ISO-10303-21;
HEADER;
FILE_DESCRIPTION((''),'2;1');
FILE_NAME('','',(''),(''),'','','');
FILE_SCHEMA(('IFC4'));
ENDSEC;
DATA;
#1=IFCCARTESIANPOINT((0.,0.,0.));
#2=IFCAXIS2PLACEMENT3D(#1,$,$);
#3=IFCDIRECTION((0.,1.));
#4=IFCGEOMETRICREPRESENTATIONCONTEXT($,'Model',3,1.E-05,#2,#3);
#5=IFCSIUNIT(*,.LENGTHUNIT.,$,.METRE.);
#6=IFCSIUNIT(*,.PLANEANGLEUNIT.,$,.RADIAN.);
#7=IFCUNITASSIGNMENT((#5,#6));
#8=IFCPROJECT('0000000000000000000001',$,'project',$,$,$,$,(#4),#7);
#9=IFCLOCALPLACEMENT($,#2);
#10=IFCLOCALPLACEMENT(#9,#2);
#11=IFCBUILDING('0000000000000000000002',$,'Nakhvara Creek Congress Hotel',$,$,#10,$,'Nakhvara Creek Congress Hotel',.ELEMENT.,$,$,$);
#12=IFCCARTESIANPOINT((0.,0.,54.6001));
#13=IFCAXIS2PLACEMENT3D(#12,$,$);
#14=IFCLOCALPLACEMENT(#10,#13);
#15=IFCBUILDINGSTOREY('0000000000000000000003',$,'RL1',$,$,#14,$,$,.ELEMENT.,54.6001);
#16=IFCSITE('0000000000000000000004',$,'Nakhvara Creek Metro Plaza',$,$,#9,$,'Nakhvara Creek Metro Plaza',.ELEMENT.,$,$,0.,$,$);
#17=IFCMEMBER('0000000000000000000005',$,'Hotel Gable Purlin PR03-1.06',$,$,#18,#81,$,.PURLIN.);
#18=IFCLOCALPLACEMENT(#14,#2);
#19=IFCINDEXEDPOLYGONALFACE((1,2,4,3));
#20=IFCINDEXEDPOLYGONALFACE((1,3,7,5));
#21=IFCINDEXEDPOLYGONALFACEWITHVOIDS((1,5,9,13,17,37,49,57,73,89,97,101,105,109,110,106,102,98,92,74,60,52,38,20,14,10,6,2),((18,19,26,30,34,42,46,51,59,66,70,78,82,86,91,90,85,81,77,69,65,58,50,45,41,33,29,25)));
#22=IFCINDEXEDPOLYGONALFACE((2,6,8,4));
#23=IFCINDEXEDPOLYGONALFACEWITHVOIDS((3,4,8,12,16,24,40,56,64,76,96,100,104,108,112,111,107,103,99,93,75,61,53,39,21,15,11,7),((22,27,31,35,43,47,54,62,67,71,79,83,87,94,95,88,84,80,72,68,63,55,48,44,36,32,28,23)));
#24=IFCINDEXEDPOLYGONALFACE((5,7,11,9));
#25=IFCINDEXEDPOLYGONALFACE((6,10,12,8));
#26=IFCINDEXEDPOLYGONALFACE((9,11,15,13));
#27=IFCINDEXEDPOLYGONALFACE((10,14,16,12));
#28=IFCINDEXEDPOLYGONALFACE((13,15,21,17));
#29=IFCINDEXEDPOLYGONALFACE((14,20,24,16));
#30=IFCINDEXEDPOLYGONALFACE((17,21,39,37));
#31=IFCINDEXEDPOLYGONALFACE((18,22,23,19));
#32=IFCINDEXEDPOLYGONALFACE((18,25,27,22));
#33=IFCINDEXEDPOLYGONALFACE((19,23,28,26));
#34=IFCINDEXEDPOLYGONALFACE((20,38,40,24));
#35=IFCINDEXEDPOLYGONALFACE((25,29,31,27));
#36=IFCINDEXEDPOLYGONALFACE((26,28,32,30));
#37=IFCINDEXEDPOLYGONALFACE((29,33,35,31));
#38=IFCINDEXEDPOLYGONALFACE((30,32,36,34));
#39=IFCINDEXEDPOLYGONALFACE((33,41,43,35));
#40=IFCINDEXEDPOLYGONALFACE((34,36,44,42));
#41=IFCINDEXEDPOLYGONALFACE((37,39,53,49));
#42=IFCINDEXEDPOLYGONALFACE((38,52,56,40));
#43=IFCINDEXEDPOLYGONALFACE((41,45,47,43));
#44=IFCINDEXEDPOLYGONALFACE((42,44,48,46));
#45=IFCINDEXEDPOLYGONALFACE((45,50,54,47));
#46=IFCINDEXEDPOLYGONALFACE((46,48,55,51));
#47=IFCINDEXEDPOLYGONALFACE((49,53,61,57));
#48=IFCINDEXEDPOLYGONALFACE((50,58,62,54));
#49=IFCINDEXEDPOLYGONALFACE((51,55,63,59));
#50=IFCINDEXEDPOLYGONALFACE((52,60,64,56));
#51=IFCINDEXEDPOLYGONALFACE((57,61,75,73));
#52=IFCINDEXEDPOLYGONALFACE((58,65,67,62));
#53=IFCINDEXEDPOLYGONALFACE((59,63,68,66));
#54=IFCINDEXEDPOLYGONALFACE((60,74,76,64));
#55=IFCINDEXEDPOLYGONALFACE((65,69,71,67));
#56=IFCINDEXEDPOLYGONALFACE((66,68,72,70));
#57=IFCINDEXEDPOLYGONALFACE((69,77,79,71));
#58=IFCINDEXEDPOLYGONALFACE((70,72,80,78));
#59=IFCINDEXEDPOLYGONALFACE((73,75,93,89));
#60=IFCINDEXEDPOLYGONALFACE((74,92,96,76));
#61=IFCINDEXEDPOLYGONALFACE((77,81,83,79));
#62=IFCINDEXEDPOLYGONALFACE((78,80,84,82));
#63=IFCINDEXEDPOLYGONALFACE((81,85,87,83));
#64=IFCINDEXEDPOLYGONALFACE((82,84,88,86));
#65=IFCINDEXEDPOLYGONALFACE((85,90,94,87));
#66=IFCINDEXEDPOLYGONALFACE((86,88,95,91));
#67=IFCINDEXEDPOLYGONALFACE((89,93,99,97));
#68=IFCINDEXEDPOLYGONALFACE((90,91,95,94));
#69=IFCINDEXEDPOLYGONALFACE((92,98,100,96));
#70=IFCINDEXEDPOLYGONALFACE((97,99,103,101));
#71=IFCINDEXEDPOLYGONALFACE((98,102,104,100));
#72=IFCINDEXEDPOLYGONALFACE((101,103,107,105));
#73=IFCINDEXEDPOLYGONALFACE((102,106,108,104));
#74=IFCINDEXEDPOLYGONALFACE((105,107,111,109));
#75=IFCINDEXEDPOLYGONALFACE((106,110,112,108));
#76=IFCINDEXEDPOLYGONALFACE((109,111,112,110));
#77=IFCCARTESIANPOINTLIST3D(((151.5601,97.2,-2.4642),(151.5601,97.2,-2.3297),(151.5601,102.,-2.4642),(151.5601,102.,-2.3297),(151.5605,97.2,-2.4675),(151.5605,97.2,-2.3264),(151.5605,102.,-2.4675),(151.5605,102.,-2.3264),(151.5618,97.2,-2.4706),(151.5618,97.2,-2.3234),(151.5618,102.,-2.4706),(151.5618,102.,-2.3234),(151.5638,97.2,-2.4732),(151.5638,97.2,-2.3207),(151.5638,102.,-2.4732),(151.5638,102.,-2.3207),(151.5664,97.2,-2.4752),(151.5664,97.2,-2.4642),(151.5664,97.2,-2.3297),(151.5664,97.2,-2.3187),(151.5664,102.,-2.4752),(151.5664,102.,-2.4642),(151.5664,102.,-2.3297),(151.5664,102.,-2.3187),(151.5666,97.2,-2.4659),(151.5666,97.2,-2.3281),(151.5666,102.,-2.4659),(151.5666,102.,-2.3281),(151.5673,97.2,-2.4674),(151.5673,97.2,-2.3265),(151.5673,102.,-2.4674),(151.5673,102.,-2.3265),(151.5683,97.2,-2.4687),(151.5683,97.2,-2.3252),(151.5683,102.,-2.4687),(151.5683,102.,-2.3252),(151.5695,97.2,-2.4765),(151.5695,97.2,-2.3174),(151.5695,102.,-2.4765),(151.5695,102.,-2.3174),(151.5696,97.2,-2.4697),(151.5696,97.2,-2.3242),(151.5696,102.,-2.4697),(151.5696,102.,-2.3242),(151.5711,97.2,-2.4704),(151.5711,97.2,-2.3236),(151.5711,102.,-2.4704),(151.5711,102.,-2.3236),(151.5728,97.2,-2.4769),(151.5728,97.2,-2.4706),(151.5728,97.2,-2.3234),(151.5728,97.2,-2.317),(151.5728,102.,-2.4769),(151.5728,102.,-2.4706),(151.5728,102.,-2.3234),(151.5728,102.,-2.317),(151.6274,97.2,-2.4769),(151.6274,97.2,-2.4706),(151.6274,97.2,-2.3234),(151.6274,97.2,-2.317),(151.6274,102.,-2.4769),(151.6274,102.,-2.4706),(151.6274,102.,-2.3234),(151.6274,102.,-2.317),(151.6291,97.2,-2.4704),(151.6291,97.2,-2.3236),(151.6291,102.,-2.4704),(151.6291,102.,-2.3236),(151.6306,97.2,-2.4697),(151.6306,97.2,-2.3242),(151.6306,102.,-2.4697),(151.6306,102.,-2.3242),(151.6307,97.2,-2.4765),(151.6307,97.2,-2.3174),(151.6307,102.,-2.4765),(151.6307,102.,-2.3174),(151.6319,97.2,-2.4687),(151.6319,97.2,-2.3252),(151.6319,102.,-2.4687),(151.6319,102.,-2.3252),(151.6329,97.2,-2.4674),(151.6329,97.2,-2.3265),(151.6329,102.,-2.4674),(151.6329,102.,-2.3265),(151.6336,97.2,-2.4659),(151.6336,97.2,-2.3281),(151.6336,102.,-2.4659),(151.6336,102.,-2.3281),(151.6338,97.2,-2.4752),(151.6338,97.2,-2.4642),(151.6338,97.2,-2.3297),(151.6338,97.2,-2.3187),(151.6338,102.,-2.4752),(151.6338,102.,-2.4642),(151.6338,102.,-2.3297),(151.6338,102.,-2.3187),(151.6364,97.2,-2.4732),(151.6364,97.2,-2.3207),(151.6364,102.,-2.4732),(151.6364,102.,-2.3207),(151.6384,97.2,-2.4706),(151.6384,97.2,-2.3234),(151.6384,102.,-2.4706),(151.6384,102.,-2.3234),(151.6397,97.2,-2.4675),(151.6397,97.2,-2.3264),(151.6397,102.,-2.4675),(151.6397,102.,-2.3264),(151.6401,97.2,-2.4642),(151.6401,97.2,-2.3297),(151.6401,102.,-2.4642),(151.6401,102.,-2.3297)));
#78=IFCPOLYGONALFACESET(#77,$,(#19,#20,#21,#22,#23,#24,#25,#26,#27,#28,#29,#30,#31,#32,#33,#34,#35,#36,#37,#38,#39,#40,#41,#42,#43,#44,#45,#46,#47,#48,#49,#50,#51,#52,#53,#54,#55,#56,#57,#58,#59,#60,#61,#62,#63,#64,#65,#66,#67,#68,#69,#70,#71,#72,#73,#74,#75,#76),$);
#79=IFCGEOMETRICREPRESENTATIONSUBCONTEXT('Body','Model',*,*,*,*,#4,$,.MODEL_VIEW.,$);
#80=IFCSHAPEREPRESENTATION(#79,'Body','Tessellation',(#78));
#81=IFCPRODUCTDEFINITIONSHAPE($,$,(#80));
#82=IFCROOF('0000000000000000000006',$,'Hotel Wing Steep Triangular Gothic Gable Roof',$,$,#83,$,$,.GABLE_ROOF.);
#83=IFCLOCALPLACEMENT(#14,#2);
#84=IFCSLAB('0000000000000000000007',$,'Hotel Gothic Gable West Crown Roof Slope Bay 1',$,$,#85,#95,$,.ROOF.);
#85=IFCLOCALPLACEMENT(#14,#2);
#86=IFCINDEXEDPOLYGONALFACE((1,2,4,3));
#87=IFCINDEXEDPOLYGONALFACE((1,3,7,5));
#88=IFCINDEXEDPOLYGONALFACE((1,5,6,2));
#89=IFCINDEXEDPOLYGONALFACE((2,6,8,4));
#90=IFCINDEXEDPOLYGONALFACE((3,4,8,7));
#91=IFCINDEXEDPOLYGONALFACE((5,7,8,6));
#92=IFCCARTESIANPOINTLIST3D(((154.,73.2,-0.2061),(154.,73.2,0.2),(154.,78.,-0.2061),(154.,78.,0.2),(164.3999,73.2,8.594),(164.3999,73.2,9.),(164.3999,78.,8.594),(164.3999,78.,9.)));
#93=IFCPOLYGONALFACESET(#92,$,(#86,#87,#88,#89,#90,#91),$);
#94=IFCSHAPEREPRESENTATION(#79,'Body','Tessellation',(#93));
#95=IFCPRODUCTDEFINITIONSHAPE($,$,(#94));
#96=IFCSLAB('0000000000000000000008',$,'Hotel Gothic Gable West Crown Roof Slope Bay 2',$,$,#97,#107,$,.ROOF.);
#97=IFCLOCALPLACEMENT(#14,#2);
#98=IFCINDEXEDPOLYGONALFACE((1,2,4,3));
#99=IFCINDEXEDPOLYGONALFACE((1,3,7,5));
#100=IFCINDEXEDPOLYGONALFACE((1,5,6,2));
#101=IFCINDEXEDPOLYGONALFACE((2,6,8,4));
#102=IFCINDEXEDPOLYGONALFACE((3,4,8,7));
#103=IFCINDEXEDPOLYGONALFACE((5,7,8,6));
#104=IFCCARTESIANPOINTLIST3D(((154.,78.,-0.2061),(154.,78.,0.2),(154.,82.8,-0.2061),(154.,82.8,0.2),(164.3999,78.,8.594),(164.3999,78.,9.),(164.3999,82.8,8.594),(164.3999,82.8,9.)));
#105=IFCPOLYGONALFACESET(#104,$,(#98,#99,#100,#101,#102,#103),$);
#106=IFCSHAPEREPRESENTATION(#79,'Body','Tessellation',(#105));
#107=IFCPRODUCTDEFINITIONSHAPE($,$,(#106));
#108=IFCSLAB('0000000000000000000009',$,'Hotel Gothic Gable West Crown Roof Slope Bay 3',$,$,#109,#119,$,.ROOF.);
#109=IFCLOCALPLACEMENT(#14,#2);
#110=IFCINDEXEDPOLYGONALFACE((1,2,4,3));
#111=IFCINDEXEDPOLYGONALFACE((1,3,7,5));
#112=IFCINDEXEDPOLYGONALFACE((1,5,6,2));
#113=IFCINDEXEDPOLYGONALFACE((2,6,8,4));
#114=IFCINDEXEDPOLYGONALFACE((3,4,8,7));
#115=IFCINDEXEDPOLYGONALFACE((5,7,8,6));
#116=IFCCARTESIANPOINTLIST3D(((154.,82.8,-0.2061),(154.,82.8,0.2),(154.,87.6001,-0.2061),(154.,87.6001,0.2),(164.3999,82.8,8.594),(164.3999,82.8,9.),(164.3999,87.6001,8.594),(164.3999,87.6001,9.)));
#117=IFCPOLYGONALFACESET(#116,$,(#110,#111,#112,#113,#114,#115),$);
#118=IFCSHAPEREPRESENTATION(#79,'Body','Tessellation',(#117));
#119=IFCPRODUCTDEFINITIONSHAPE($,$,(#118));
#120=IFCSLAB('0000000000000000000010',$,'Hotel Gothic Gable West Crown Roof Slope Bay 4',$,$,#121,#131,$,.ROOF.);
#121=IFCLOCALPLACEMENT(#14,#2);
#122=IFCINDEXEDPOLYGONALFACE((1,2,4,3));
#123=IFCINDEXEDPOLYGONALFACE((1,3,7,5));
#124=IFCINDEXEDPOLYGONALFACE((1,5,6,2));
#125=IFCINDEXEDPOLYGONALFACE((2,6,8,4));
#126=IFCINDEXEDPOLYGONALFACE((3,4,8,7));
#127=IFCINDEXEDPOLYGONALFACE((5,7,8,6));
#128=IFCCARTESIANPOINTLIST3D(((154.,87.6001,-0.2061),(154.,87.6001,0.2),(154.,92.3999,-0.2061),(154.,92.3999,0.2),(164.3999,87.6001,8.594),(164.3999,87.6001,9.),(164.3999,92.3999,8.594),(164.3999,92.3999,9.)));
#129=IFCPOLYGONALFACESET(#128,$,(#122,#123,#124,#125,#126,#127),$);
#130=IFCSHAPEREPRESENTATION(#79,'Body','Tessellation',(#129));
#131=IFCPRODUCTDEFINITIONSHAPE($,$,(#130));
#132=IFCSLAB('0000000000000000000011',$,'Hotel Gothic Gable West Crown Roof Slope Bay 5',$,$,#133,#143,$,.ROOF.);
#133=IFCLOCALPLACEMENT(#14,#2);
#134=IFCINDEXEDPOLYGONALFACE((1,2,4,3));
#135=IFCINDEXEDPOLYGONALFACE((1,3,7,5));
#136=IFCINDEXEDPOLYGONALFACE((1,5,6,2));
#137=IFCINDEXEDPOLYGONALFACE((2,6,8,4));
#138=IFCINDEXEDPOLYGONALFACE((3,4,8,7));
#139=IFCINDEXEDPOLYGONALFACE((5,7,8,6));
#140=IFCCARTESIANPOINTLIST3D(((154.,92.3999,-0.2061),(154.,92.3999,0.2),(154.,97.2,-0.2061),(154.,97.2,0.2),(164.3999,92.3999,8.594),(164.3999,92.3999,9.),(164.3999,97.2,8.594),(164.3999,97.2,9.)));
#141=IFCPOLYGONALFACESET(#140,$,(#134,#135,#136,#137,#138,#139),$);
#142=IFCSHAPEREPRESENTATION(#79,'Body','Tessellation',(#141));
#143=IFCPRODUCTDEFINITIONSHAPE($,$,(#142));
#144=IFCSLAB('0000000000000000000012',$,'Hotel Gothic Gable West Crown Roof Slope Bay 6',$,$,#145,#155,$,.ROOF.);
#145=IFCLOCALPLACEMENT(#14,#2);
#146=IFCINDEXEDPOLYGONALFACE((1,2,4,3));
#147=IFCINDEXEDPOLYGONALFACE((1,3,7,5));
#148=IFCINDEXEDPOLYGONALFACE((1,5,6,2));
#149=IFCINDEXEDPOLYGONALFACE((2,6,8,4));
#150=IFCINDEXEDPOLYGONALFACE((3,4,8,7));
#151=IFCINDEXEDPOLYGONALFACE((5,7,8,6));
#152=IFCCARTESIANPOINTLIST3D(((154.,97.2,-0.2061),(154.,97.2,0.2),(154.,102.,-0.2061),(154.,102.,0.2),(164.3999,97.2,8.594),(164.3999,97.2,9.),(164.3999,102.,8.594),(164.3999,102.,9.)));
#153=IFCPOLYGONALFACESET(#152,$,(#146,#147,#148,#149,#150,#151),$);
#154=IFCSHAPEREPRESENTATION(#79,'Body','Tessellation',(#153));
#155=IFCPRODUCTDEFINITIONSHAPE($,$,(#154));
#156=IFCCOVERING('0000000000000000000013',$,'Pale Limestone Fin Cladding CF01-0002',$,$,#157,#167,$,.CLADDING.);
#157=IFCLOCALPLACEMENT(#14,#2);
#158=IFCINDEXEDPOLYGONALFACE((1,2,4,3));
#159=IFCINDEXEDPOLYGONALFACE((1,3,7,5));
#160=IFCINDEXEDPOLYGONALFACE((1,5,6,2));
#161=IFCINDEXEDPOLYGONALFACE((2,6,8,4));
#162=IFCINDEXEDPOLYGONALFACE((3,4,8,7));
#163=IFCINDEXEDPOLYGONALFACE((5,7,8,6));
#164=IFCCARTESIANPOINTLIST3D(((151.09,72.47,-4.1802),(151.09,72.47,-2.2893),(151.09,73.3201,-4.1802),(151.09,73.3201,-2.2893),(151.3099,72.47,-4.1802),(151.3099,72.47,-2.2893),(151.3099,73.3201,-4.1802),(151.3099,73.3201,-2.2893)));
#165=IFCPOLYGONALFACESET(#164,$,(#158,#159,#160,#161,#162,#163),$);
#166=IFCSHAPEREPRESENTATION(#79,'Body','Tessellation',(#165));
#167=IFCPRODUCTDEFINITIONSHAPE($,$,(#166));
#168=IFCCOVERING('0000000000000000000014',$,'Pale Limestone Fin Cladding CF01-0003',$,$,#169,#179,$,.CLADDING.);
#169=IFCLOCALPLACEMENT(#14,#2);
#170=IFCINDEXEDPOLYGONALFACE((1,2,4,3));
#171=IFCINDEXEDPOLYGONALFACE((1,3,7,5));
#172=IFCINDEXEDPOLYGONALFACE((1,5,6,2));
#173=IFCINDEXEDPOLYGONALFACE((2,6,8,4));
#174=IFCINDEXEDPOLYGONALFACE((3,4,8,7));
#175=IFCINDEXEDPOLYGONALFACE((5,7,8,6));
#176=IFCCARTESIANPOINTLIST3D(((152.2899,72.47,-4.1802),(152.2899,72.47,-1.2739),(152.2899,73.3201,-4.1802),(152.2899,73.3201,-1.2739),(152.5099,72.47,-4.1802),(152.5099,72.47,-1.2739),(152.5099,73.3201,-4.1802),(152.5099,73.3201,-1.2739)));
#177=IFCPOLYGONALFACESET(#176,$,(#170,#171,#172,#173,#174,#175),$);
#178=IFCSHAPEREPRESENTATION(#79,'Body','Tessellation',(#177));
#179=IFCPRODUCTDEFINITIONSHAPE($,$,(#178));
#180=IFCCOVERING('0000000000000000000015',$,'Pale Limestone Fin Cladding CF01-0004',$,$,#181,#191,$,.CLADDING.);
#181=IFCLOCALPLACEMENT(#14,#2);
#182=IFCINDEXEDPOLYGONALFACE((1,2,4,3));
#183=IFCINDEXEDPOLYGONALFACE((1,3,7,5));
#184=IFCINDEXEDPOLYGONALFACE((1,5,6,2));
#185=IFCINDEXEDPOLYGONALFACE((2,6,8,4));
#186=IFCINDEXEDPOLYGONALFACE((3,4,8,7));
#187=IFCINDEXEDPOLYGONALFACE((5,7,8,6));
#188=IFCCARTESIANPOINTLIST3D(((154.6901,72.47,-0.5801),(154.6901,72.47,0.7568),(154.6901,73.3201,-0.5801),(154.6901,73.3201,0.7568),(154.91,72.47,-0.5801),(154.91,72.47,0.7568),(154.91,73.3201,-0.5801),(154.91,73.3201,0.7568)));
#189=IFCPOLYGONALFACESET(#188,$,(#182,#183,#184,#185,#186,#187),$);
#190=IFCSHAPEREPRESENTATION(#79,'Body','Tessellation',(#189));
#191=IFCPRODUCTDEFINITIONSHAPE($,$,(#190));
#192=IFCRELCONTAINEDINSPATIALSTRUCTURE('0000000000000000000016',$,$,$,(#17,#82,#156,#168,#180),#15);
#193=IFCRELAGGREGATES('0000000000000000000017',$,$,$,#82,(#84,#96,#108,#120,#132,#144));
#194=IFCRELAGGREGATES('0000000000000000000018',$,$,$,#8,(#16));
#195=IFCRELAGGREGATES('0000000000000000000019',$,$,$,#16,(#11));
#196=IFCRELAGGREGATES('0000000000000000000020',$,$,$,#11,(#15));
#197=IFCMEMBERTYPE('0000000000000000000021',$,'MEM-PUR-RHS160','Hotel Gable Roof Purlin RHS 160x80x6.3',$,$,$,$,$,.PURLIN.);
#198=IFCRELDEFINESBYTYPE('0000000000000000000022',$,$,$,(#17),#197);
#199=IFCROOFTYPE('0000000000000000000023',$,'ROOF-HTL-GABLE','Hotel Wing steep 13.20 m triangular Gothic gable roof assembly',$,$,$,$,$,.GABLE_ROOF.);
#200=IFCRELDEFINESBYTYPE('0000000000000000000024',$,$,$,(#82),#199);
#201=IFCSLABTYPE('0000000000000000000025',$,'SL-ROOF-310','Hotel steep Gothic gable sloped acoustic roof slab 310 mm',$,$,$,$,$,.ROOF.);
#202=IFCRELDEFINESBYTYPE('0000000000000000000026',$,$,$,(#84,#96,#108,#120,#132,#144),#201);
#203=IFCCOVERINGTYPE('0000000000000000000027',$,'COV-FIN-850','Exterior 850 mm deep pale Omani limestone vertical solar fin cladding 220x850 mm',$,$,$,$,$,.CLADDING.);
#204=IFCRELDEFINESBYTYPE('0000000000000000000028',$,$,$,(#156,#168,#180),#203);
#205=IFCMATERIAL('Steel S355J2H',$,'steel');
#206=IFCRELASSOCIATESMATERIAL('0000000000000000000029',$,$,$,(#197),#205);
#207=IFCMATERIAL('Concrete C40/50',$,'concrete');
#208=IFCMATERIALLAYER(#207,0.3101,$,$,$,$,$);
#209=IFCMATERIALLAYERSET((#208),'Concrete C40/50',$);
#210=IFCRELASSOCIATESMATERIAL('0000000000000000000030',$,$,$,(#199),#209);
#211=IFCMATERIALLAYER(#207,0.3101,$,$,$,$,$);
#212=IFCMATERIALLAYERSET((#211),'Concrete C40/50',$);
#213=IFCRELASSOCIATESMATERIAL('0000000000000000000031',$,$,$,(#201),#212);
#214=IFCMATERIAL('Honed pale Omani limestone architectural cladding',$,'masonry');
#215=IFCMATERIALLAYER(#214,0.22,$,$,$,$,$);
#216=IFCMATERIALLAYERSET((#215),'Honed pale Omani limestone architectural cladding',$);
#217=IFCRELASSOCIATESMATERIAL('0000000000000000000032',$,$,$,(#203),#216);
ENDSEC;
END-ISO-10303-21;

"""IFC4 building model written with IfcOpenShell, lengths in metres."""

from ifc_helpers import new_model, si_unit, direction, frame, origin, origin_2d, place, context, subcontext, project, spatial, polyline, rectangle, hollow_rectangle, outline, extrude, material, layer, layer_set, material_profile, profile_set, type_object, element, aggregate, save


model = new_model("IFC4")

# Units and contexts
model_context = context("Model", 3, precision=1e-05, world=origin(), true_north=direction((0.0, 1.0)))
body_context = subcontext(model_context, "Body", "Model", "MODEL_VIEW")
ifc_project = project(units=[si_unit("LENGTHUNIT", "METRE"), si_unit("PLANEANGLEUNIT", "RADIAN")], contexts=[model_context])

# Site, building, storey
site_placement = place(None, origin())
site = spatial("IfcSite", under=ifc_project, at=site_placement, Name="Nakhvara Creek Metro Plaza", LongName="Nakhvara Creek Metro Plaza", CompositionType="ELEMENT", RefElevation=0.0)
building_placement = place(site_placement, origin())
building = spatial("IfcBuilding", under=site, at=building_placement, Name="Nakhvara Creek Congress Hotel", LongName="Nakhvara Creek Congress Hotel", CompositionType="ELEMENT")
storey_placement = place(building_placement, frame((0.0, 0.0, 54.6001)))
storey = spatial("IfcBuildingStorey", under=building, at=storey_placement, Name="RL1", CompositionType="ELEMENT", Elevation=54.6001)

# Member
ifc_material_1 = material(Name="Steel S355J2H", Category="steel")
ifc_material_profile_1 = material_profile(ifc_material_1, hollow_rectangle(XDim=0.0801, YDim=0.1599, WallThickness=0.0063, InnerFilletRadius=0.0063, OuterFilletRadius=0.0127, at=origin_2d()), Name="RHS 160x80x6.3", Category="LoadBearing")
ifc_profile_set_1 = profile_set([ifc_material_profile_1], Name="Steel S355J2H")
member_type = type_object("IfcMemberType", Name="MEM-PUR-RHS160", Description="Hotel Gable Roof Purlin RHS 160x80x6.3", PredefinedType="PURLIN", material=ifc_profile_set_1)
for number, where, z_axis, x_axis, name in (
    (1, (151.6001, 97.2, -2.397), (0.0, 1.0, 0.0), (-1.0, 0.0, 0.0), "Hotel Gable Purlin PR03-1.06"),
):
    element("IfcMember", number, at=place(storey_placement, frame(where, z_axis=z_axis, x_axis=x_axis)), inside=storey, type_object=member_type, Name=name, PredefinedType="PURLIN", context=body_context, shape_type="SweptSolid", body=[
        extrude(hollow_rectangle(XDim=0.0801, YDim=0.1599, WallThickness=0.0063, InnerFilletRadius=0.0063, OuterFilletRadius=0.0127, at=origin_2d()), origin(), (0.0, 0.0, 1.0), 4.8),
    ])

# Roof, slabs
ifc_material_2 = material(Name="Concrete C40/50", Category="concrete")
ifc_layer_1 = layer(ifc_material_2, 0.3101)
ifc_layer_set_1 = layer_set([ifc_layer_1], Name="Concrete C40/50")
roof_type = type_object("IfcRoofType", Name="ROOF-HTL-GABLE", Description="Hotel Wing steep 13.20 m triangular Gothic gable roof assembly", PredefinedType="GABLE_ROOF", material=ifc_layer_set_1)
roof_placement = place(storey_placement, origin())
roof = element("IfcRoof", 2, at=roof_placement, inside=storey, type_object=roof_type, Name="Hotel Wing Steep Triangular Gothic Gable Roof", PredefinedType="GABLE_ROOF")
ifc_layer_2 = layer(ifc_material_2, 0.3101)
ifc_layer_set_2 = layer_set([ifc_layer_2], Name="Concrete C40/50")
slab_type = type_object("IfcSlabType", Name="SL-ROOF-310", Description="Hotel steep Gothic gable sloped acoustic roof slab 310 mm", PredefinedType="ROOF", material=ifc_layer_set_2)
slab_1_placement = place(storey_placement, frame((154.0, 73.2, 0.2), z_axis=(0.0, 0.0, 1.0), x_axis=(1.0, 0.0, 0.0)))
slab_1 = element("IfcSlab", 3, at=slab_1_placement, type_object=slab_type, Name="Hotel Gothic Gable West Crown Roof Slope Bay 1", PredefinedType="ROOF", context=body_context, shape_type="SweptSolid", body=[
    extrude(outline(polyline([(0.0, 0.0), (10.3999, 8.8), (10.3999, 8.394), (0.0, -0.406), (0.0, 0.0)])), frame((0.0, 4.8, 0.0), z_axis=(0.0, -1.0, 0.0), x_axis=(1.0, 0.0, 0.0)), (0.0, 0.0, 1.0), 4.8),
])
slab_2_placement = place(storey_placement, frame((154.0, 78.0, 0.2), z_axis=(0.0, 0.0, 1.0), x_axis=(1.0, 0.0, 0.0)))
slab_2 = element("IfcSlab", 4, at=slab_2_placement, type_object=slab_type, Name="Hotel Gothic Gable West Crown Roof Slope Bay 2", PredefinedType="ROOF", context=body_context, shape_type="SweptSolid", body=[
    extrude(outline(polyline([(0.0, 0.0), (10.3999, 8.8), (10.3999, 8.394), (0.0, -0.406), (0.0, 0.0)])), frame((0.0, 4.8, 0.0), z_axis=(0.0, -1.0, 0.0), x_axis=(1.0, 0.0, 0.0)), (0.0, 0.0, 1.0), 4.8),
])
slab_3_placement = place(storey_placement, frame((154.0, 82.8, 0.2), z_axis=(0.0, 0.0, 1.0), x_axis=(1.0, 0.0, 0.0)))
slab_3 = element("IfcSlab", 5, at=slab_3_placement, type_object=slab_type, Name="Hotel Gothic Gable West Crown Roof Slope Bay 3", PredefinedType="ROOF", context=body_context, shape_type="SweptSolid", body=[
    extrude(outline(polyline([(0.0, 0.0), (10.3999, 8.8), (10.3999, 8.394), (0.0, -0.406), (0.0, 0.0)])), frame((0.0, 4.8, 0.0), z_axis=(0.0, -1.0, 0.0), x_axis=(1.0, 0.0, 0.0)), (0.0, 0.0, 1.0), 4.8),
])
slab_4_placement = place(storey_placement, frame((154.0, 87.6001, 0.2), z_axis=(0.0, 0.0, 1.0), x_axis=(1.0, 0.0, 0.0)))
slab_4 = element("IfcSlab", 6, at=slab_4_placement, type_object=slab_type, Name="Hotel Gothic Gable West Crown Roof Slope Bay 4", PredefinedType="ROOF", context=body_context, shape_type="SweptSolid", body=[
    extrude(outline(polyline([(0.0, 0.0), (10.3999, 8.8), (10.3999, 8.394), (0.0, -0.406), (0.0, 0.0)])), frame((0.0, 4.7998, 0.0), z_axis=(0.0, -1.0, 0.0), x_axis=(1.0, 0.0, 0.0)), (0.0, 0.0, 1.0), 4.7998),
])
slab_5_placement = place(storey_placement, frame((154.0, 92.3999, 0.2), z_axis=(0.0, 0.0, 1.0), x_axis=(1.0, 0.0, 0.0)))
slab_5 = element("IfcSlab", 7, at=slab_5_placement, type_object=slab_type, Name="Hotel Gothic Gable West Crown Roof Slope Bay 5", PredefinedType="ROOF", context=body_context, shape_type="SweptSolid", body=[
    extrude(outline(polyline([(0.0, 0.0), (10.3999, 8.8), (10.3999, 8.394), (0.0, -0.406), (0.0, 0.0)])), frame((0.0, 4.8, 0.0), z_axis=(0.0, -1.0, 0.0), x_axis=(1.0, 0.0, 0.0)), (0.0, 0.0, 1.0), 4.8),
])
slab_6_placement = place(storey_placement, frame((154.0, 97.2, 0.2), z_axis=(0.0, 0.0, 1.0), x_axis=(1.0, 0.0, 0.0)))
slab_6 = element("IfcSlab", 8, at=slab_6_placement, type_object=slab_type, Name="Hotel Gothic Gable West Crown Roof Slope Bay 6", PredefinedType="ROOF", context=body_context, shape_type="SweptSolid", body=[
    extrude(outline(polyline([(0.0, 0.0), (10.3999, 8.8), (10.3999, 8.394), (0.0, -0.406), (0.0, 0.0)])), frame((0.0, 4.8, 0.0), z_axis=(0.0, -1.0, 0.0), x_axis=(1.0, 0.0, 0.0)), (0.0, 0.0, 1.0), 4.8),
])
aggregate(roof, [slab_1, slab_2, slab_3, slab_4, slab_5, slab_6])

# Coverings
ifc_material_3 = material(Name="Honed pale Omani limestone architectural cladding", Category="masonry")
ifc_layer_3 = layer(ifc_material_3, 0.22)
ifc_layer_set_3 = layer_set([ifc_layer_3], Name="Honed pale Omani limestone architectural cladding")
covering_type_1 = type_object("IfcCoveringType", Name="COV-FIN-850", Description="Exterior 850 mm deep pale Omani limestone vertical solar fin cladding 220x850 mm", PredefinedType="CLADDING", material=ifc_layer_set_3)
covering_1_placement = place(storey_placement, frame((151.2, 72.895, -4.1802), z_axis=(0.0, 0.0, 1.0), x_axis=(1.0, 0.0, 0.0)))
element("IfcCovering", 9, at=covering_1_placement, inside=storey, type_object=covering_type_1, Name="Pale Limestone Fin Cladding CF01-0002", PredefinedType="CLADDING", context=body_context, shape_type="SweptSolid", body=[
    extrude(rectangle(XDim=0.22, YDim=0.8501, at=origin_2d()), origin(), (0.0, 0.0, 1.0), 1.8909),
])
covering_2_placement = place(storey_placement, frame((152.3999, 72.895, -4.1802), z_axis=(0.0, 0.0, 1.0), x_axis=(1.0, 0.0, 0.0)))
element("IfcCovering", 10, at=covering_2_placement, inside=storey, type_object=covering_type_1, Name="Pale Limestone Fin Cladding CF01-0003", PredefinedType="CLADDING", context=body_context, shape_type="SweptSolid", body=[
    extrude(rectangle(XDim=0.22, YDim=0.8501, at=origin_2d()), origin(), (0.0, 0.0, 1.0), 2.9062),
])
covering_3_placement = place(storey_placement, frame((154.8, 72.895, -0.5801), z_axis=(0.0, 0.0, 1.0), x_axis=(1.0, 0.0, 0.0)))
element("IfcCovering", 11, at=covering_3_placement, inside=storey, type_object=covering_type_1, Name="Pale Limestone Fin Cladding CF01-0004", PredefinedType="CLADDING", context=body_context, shape_type="SweptSolid", body=[
    extrude(rectangle(XDim=0.22, YDim=0.8501, at=origin_2d()), origin(), (0.0, 0.0, 1.0), 1.3369),
])

save(model, "model.ifc")
